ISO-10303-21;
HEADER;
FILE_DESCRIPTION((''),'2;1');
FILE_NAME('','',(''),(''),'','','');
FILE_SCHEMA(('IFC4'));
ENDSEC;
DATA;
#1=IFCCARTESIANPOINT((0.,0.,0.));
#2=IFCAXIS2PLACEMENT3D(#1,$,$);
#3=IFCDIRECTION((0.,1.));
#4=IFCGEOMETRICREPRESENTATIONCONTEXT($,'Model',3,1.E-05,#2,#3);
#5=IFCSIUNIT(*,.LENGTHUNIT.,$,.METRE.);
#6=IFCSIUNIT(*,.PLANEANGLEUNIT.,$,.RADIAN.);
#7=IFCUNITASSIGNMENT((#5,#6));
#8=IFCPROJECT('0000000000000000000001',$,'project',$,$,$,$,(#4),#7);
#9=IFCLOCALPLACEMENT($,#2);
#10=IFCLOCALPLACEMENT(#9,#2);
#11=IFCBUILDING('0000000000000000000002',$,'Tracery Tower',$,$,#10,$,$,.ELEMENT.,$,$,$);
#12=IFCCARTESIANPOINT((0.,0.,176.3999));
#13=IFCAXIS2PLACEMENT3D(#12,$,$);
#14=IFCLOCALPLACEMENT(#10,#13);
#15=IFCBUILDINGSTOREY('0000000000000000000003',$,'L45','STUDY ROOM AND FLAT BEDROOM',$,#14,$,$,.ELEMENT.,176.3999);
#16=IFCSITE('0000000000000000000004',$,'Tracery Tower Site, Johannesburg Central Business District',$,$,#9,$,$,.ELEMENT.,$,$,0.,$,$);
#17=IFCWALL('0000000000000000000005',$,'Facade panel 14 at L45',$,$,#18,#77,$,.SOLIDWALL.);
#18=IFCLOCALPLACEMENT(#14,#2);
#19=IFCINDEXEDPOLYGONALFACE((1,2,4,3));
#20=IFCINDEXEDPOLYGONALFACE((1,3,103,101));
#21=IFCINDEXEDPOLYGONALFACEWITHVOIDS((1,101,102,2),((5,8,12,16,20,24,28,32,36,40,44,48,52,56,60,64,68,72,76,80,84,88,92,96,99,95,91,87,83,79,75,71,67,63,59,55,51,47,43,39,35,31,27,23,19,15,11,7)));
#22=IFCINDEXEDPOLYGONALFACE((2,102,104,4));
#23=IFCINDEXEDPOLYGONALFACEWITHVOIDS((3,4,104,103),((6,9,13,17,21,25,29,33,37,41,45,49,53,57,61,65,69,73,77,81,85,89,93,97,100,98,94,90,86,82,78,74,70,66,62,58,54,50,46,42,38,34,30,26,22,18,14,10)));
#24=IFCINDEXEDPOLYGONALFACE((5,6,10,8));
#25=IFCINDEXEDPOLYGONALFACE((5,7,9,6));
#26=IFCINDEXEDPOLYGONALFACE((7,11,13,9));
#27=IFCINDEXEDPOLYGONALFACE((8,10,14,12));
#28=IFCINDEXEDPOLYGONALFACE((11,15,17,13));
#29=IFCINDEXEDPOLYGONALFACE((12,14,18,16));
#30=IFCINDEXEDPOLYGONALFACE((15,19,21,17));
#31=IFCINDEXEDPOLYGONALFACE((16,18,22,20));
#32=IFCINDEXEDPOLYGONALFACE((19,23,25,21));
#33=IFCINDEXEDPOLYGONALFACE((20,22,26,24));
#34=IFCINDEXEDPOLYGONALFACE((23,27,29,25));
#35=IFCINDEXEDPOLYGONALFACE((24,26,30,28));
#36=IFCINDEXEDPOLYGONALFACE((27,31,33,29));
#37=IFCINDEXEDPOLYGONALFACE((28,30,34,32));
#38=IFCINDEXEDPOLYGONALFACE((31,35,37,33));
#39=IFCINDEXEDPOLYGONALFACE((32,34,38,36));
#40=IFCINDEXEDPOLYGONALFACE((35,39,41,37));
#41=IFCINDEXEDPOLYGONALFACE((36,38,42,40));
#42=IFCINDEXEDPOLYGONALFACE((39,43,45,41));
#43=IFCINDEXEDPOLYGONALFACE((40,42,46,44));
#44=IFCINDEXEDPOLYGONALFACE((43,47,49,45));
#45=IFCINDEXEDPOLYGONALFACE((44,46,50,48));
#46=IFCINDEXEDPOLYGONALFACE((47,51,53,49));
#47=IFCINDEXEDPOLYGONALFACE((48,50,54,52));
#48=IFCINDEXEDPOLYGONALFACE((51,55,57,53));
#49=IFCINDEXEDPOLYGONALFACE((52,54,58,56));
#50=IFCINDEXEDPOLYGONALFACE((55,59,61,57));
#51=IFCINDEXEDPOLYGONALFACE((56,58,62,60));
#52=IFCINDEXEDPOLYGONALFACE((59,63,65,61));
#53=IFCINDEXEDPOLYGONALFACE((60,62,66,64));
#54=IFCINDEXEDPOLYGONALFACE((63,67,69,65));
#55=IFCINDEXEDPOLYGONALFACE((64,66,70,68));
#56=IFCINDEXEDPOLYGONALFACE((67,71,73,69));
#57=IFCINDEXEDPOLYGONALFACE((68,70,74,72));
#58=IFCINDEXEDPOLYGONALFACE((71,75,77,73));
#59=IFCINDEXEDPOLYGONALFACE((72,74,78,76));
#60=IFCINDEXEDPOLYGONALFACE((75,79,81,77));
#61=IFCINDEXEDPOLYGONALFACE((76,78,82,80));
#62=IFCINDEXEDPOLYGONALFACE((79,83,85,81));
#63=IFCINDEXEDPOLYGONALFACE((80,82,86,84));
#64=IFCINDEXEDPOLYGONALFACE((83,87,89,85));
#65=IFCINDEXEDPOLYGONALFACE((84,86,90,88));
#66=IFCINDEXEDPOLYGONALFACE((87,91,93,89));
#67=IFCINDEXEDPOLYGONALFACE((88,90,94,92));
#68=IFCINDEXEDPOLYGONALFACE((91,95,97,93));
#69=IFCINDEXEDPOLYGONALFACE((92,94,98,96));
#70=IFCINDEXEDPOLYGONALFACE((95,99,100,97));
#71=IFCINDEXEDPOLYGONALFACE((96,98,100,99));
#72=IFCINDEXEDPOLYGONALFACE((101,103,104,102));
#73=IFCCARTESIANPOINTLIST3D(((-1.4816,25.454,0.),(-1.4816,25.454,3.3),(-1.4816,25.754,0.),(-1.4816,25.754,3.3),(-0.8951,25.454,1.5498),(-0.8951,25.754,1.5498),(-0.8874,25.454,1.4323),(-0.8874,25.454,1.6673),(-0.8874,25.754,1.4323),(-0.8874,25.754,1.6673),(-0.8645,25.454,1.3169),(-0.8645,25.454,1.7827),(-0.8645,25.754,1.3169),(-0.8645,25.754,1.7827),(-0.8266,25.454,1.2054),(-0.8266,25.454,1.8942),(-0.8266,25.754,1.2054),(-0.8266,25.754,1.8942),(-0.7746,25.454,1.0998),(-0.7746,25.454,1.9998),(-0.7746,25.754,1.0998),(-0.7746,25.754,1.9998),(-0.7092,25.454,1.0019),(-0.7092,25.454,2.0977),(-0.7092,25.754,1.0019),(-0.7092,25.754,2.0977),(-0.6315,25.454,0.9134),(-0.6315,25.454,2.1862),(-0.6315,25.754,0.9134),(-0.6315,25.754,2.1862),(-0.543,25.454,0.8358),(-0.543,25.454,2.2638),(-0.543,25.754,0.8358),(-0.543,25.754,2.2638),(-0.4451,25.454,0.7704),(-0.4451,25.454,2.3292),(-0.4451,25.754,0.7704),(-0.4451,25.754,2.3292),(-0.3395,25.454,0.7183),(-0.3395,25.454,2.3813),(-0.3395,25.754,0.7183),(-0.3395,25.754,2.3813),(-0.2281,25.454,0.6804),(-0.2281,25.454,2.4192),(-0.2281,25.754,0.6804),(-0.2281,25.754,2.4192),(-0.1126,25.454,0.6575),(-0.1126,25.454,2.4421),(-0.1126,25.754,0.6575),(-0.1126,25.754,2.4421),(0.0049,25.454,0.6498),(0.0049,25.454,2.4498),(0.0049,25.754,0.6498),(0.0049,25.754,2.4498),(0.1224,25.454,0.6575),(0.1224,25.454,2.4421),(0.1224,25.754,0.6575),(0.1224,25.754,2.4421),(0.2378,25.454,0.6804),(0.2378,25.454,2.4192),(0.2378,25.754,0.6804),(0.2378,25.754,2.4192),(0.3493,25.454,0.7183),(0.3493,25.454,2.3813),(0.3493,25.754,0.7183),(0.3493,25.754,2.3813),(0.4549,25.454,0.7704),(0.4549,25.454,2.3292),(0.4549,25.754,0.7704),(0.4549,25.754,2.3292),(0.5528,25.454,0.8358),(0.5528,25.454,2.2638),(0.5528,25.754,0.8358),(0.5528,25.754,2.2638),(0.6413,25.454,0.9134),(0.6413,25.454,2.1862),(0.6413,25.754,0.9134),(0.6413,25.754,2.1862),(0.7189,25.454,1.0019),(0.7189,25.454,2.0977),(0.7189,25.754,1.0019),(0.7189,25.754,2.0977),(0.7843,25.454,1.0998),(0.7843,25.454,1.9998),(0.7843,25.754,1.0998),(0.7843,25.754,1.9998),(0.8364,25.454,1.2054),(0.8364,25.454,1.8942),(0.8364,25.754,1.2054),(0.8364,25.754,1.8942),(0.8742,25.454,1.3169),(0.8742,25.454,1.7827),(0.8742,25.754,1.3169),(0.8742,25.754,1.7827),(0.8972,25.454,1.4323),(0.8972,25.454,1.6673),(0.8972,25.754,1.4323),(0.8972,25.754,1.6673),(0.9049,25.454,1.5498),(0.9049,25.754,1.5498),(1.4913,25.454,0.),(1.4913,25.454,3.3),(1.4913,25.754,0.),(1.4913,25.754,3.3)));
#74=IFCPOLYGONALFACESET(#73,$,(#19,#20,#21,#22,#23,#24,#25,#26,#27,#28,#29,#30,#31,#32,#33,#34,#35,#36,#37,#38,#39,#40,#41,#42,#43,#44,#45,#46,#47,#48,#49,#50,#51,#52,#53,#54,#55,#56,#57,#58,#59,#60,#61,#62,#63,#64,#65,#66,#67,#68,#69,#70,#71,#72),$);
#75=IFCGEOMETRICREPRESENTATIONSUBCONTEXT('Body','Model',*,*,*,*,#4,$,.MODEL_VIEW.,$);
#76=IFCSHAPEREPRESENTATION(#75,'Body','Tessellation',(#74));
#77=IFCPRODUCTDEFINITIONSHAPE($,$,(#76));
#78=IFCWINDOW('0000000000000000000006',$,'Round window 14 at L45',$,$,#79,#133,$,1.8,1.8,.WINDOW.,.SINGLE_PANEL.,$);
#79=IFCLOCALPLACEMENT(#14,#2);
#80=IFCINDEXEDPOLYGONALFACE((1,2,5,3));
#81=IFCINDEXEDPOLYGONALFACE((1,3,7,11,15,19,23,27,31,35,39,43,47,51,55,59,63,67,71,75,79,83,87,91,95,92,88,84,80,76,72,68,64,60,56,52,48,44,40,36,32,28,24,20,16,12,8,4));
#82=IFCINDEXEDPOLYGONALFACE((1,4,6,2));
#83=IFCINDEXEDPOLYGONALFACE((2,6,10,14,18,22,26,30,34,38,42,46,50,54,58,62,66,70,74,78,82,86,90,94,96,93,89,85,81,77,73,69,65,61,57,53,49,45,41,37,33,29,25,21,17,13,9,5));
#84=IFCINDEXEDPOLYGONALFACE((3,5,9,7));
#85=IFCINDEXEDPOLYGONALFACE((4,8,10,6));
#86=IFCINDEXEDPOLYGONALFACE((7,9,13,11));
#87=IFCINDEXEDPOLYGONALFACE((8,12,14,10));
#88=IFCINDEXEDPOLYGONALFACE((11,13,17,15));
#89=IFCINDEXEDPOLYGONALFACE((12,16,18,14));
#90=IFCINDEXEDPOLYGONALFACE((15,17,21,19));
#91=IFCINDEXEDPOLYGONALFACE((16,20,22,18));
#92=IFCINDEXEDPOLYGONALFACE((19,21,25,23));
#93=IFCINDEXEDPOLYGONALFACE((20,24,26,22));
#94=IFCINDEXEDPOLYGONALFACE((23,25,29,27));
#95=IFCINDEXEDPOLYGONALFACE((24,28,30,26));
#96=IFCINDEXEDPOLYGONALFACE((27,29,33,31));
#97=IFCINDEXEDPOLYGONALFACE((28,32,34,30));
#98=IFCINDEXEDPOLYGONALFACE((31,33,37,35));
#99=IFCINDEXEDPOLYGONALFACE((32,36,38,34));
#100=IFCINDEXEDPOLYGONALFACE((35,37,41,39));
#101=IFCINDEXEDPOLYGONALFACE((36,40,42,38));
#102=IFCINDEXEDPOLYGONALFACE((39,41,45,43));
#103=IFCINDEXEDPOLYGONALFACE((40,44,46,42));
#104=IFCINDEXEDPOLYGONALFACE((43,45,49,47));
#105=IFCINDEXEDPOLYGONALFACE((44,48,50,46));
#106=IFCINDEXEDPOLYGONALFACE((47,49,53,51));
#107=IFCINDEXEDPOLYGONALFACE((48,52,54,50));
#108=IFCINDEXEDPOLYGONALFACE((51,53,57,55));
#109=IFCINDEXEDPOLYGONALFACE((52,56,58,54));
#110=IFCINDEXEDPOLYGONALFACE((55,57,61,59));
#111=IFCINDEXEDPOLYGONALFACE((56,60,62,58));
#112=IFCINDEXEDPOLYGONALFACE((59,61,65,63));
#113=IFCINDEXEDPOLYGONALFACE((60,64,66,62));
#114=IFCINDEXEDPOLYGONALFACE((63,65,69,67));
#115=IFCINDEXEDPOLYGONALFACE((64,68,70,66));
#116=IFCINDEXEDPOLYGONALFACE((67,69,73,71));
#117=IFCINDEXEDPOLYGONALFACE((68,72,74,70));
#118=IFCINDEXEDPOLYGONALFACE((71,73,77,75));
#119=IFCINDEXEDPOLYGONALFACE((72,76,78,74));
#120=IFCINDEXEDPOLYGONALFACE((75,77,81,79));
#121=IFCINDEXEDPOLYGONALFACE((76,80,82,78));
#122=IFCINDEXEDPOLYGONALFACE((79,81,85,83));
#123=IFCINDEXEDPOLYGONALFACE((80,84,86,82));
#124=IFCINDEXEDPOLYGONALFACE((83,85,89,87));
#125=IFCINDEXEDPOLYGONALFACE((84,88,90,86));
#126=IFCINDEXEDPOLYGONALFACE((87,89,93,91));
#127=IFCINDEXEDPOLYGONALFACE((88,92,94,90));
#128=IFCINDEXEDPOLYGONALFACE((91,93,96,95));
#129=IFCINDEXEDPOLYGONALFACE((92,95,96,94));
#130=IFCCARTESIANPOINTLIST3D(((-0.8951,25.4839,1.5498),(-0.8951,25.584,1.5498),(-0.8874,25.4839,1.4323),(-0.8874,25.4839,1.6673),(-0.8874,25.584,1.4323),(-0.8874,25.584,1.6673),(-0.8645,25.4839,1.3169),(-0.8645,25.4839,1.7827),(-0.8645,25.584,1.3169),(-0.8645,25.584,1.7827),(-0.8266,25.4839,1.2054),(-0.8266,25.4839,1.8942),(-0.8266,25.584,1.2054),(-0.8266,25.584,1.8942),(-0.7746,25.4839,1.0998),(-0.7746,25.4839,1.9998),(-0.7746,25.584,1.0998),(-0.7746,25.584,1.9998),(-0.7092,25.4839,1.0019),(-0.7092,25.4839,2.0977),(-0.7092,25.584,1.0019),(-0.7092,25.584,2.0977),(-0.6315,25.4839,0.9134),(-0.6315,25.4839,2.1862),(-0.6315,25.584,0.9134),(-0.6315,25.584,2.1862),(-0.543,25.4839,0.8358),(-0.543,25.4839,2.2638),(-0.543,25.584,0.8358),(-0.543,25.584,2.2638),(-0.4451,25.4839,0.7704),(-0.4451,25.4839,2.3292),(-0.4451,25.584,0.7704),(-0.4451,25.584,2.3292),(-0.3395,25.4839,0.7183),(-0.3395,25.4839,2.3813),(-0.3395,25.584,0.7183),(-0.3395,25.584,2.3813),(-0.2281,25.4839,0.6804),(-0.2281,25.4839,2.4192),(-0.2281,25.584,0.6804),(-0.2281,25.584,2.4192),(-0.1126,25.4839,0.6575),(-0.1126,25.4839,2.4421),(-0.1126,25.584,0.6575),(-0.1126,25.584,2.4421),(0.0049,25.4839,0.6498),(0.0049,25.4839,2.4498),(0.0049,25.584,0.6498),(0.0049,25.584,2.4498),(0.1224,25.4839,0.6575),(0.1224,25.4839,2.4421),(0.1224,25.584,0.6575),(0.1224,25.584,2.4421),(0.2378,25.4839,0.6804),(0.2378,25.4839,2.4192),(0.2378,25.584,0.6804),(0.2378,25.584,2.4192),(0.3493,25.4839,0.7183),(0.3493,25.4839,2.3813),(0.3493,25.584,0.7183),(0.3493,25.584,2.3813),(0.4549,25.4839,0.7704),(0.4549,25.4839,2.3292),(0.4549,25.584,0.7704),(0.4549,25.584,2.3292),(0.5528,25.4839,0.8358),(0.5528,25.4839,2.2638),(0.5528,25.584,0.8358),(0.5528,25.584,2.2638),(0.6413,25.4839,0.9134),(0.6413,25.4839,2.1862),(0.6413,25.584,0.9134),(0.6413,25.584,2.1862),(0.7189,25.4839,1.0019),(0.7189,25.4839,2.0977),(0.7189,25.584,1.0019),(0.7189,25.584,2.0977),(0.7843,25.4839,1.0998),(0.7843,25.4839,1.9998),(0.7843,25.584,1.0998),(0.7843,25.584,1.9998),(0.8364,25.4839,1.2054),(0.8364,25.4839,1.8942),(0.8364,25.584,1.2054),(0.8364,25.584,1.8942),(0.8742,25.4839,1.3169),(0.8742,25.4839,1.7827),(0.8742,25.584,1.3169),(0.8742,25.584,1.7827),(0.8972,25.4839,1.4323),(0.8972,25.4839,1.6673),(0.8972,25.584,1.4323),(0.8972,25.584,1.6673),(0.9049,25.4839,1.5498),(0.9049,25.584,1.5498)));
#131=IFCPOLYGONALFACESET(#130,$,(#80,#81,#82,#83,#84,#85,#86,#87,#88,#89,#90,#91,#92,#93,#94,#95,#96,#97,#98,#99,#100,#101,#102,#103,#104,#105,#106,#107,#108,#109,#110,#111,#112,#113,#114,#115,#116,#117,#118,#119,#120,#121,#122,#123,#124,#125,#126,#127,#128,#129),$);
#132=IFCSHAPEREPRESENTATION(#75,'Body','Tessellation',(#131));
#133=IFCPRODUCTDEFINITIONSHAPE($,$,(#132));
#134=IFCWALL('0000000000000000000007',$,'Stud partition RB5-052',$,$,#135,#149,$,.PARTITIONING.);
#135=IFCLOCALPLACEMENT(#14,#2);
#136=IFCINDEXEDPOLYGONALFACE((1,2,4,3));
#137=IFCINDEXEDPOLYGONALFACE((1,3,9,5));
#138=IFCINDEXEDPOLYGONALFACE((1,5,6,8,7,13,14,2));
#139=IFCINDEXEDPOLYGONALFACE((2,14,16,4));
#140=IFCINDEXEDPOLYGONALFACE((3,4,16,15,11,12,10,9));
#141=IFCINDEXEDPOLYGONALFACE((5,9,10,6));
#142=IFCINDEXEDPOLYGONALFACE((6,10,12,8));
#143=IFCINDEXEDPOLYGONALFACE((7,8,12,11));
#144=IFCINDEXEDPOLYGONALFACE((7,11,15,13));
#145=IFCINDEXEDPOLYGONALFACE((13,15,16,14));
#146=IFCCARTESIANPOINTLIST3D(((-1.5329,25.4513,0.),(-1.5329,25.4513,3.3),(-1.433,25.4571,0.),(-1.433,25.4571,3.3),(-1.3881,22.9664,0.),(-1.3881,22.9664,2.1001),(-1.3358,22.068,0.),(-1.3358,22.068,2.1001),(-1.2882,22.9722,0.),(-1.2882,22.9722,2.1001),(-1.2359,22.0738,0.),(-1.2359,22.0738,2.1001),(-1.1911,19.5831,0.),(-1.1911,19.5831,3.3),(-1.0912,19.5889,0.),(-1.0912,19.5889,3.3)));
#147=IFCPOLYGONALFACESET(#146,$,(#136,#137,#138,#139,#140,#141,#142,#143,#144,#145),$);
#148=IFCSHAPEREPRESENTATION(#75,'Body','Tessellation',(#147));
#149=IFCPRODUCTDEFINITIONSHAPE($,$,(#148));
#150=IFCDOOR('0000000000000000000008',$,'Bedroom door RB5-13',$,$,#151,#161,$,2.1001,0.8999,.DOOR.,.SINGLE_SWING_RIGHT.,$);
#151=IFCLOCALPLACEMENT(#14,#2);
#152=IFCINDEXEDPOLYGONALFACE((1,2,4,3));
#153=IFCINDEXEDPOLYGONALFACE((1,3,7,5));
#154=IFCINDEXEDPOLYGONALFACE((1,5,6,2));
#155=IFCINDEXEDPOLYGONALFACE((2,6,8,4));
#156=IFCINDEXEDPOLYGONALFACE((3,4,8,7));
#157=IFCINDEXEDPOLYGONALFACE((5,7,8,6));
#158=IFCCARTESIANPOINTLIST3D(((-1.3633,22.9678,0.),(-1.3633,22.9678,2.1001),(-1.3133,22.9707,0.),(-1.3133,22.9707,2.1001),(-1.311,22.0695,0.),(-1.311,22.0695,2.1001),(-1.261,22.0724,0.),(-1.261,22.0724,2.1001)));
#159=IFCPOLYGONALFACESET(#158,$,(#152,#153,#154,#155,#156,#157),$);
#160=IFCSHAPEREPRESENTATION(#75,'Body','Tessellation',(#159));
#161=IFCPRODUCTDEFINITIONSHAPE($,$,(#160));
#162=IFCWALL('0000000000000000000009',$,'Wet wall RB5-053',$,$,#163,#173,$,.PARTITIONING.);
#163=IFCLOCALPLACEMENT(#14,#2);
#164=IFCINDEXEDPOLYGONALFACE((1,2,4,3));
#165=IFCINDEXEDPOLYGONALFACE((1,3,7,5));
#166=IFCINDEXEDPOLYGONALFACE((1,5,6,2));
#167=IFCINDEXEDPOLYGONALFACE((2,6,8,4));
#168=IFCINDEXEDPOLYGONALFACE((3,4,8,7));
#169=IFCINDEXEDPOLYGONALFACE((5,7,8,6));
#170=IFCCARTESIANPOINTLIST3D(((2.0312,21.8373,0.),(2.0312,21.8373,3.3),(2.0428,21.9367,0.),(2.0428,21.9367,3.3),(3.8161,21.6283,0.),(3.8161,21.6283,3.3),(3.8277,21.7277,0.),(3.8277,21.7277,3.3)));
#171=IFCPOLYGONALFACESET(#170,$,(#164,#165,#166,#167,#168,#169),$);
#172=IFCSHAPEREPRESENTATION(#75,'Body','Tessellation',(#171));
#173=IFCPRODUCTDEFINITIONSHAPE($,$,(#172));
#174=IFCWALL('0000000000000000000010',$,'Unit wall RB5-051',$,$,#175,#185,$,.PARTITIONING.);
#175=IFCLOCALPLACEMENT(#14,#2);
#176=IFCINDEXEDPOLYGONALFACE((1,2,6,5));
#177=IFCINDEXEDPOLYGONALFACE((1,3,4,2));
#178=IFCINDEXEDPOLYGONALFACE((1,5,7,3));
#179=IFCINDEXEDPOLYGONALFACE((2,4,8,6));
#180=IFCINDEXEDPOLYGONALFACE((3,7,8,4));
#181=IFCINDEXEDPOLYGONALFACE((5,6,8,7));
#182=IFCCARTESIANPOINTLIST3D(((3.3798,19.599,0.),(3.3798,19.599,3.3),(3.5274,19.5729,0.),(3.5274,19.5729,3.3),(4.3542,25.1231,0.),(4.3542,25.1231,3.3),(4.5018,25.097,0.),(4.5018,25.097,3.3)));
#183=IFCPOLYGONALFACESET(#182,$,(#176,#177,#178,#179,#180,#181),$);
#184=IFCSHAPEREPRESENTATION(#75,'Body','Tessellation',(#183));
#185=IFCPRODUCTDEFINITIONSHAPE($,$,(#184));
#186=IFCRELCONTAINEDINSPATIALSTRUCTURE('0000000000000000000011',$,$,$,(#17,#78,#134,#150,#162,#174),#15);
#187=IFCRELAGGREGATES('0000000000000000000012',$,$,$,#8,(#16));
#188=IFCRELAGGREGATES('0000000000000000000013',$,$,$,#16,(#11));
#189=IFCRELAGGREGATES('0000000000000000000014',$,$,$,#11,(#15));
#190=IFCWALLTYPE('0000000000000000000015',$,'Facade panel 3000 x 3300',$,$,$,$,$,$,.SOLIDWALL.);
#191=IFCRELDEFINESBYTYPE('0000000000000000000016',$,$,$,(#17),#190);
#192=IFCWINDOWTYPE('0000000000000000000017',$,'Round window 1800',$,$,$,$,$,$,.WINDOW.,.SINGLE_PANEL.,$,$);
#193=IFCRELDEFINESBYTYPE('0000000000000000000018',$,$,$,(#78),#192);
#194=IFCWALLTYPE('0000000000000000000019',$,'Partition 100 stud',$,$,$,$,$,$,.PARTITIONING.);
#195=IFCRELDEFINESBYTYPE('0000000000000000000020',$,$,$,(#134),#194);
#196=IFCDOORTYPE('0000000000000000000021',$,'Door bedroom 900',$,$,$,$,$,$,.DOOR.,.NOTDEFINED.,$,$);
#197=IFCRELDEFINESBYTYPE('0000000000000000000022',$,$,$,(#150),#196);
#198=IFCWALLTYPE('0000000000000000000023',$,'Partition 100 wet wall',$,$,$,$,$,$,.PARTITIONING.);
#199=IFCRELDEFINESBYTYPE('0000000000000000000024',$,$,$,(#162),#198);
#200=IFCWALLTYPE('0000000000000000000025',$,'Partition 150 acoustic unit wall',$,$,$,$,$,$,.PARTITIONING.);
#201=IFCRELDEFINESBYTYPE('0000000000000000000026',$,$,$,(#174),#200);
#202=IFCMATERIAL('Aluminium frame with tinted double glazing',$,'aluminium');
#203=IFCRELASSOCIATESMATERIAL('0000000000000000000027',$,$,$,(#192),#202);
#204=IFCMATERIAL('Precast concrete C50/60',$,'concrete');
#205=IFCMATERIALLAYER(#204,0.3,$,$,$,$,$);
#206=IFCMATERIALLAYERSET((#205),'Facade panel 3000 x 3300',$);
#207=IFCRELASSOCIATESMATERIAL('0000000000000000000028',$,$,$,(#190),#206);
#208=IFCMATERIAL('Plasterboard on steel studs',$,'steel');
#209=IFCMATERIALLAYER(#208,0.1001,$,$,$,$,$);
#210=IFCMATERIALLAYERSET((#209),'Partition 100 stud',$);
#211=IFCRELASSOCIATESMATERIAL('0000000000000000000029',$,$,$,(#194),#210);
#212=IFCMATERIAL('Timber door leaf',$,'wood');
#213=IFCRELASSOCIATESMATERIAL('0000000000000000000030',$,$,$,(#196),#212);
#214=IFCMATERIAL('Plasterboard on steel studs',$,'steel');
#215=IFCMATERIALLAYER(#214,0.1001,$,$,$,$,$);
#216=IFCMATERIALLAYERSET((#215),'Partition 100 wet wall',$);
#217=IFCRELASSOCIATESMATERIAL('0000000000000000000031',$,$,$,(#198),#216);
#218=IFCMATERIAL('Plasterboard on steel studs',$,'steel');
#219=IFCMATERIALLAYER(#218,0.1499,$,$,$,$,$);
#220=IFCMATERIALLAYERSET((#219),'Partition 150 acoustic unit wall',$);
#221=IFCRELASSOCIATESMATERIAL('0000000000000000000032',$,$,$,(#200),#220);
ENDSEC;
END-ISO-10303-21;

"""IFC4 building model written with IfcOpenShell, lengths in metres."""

from ifc_helpers import new_model, si_unit, direction, frame, frame_2d, origin, origin_2d, place, context, subcontext, project, spatial, rectangle, circle, extrude, material, layer, layer_set, type_object, element, fill, save


model = new_model("IFC4")

# Units and contexts
model_context = context("Model", 3, precision=1e-05, world=origin(), true_north=direction((0.0, 1.0)))
body_context = subcontext(model_context, "Body", "Model", "MODEL_VIEW")
ifc_project = project(units=[si_unit("LENGTHUNIT", "METRE"), si_unit("PLANEANGLEUNIT", "RADIAN")], contexts=[model_context])

# Site, building, storey
site_placement = place(None, origin())
site = spatial("IfcSite", under=ifc_project, at=site_placement, Name="Tracery Tower Site, Johannesburg Central Business District", CompositionType="ELEMENT", RefElevation=0.0)
building_placement = place(site_placement, origin())
building = spatial("IfcBuilding", under=site, at=building_placement, Name="Tracery Tower", CompositionType="ELEMENT")
storey_placement = place(building_placement, frame((0.0, 0.0, 176.3999)))
storey = spatial("IfcBuildingStorey", under=building, at=storey_placement, Name="L45", Description="STUDY ROOM AND FLAT BEDROOM", CompositionType="ELEMENT", Elevation=176.3999)

# Wall, opening, window
ifc_material_1 = material(Name="Aluminium frame with tinted double glazing", Category="aluminium")
window_type = type_object("IfcWindowType", Name="Round window 1800", PartitioningType="SINGLE_PANEL", PredefinedType="WINDOW", material=ifc_material_1)
ifc_material_2 = material(Name="Precast concrete C50/60", Category="concrete")
ifc_layer_1 = layer(ifc_material_2, 0.3)
ifc_layer_set_1 = layer_set([ifc_layer_1], Name="Facade panel 3000 x 3300")
wall_type_1 = type_object("IfcWallType", Name="Facade panel 3000 x 3300", PredefinedType="SOLIDWALL", material=ifc_layer_set_1)
wall_1_placement = place(storey_placement, frame((1.4912, 25.604, 0.0), z_axis=(0.0, 0.0, 1.0), x_axis=(-1.0, 0.0, 0.0)))
wall_1 = element("IfcWall", 1, at=wall_1_placement, inside=storey, type_object=wall_type_1, Name="Facade panel 14 at L45", PredefinedType="SOLIDWALL", context=body_context, shape_type="SweptSolid", body=[
    extrude(rectangle(XDim=2.9729, YDim=0.3, at=frame_2d((1.4863, 0.0))), origin(), (0.0, 0.0, 1.0), 3.3),
])
opening_1_placement = place(wall_1_placement, frame((1.4863, 0.0, 1.5498)))
opening_1 = element("IfcOpeningElement", 2, at=opening_1_placement, cuts=wall_1, PredefinedType="OPENING", context=body_context, shape_type="SweptSolid", body=[
    extrude(circle(Radius=0.9, at=origin_2d()), frame((0.0, 0.1599, 0.0), z_axis=(0.0, -1.0, 0.0), x_axis=(1.0, 0.0, 0.0)), (0.0, 0.0, 1.0), 0.3201),
])
window_1_placement = place(opening_1_placement, origin())
window_1 = element("IfcWindow", 3, at=window_1_placement, inside=storey, type_object=window_type, Name="Round window 14 at L45", OverallHeight=1.8, OverallWidth=1.8, PartitioningType="SINGLE_PANEL", PredefinedType="WINDOW", context=body_context, shape_type="SweptSolid", body=[
    extrude(circle(Radius=0.9, at=origin_2d()), frame((0.0, 0.1201, 0.0), z_axis=(0.0, -1.0, 0.0), x_axis=(1.0, 0.0, 0.0)), (0.0, 0.0, 1.0), 0.1001),
])
fill(opening_1, window_1)

# Wall, opening, door
ifc_material_3 = material(Name="Plasterboard on steel studs", Category="steel")
ifc_layer_2 = layer(ifc_material_3, 0.1001)
ifc_layer_set_2 = layer_set([ifc_layer_2], Name="Partition 100 stud")
wall_type_2 = type_object("IfcWallType", Name="Partition 100 stud", PredefinedType="PARTITIONING", material=ifc_layer_set_2)
wall_2_placement = place(storey_placement, frame((-1.4829, 25.4541, 0.0), z_axis=(0.0, 0.0, 1.0), x_axis=(0.058147, -0.998308, 0.0)))
wall_2 = element("IfcWall", 4, at=wall_2_placement, inside=storey, type_object=wall_type_2, Name="Stud partition RB5-052", PredefinedType="PARTITIONING", context=body_context, shape_type="SweptSolid", body=[
    extrude(rectangle(XDim=5.8782, YDim=0.1001, at=frame_2d((2.939, 0.0))), origin(), (0.0, 0.0, 1.0), 3.3),
])
opening_2_placement = place(wall_2_placement, frame((2.489, 0.0, 0.0)))
opening_2 = element("IfcOpeningElement", 5, at=opening_2_placement, cuts=wall_2, PredefinedType="OPENING", context=body_context, shape_type="SweptSolid", body=[
    extrude(rectangle(XDim=0.8999, YDim=2.1001, at=frame_2d((0.45, 1.05))), frame((0.0, 0.05, 0.0), z_axis=(0.0, -1.0, 0.0), x_axis=(1.0, 0.0, 0.0)), (0.0, 0.0, 1.0), 0.1001),
])
ifc_material_4 = material(Name="Timber door leaf", Category="wood")
door_type = type_object("IfcDoorType", Name="Door bedroom 900", OperationType="NOTDEFINED", PredefinedType="DOOR", material=ifc_material_4)
door_placement = place(opening_2_placement, origin())
door = element("IfcDoor", 6, at=door_placement, inside=storey, type_object=door_type, Name="Bedroom door RB5-13", OperationType="SINGLE_SWING_RIGHT", OverallHeight=2.1001, OverallWidth=0.8999, PredefinedType="DOOR", context=body_context, shape_type="SweptSolid", body=[
    extrude(rectangle(XDim=0.8999, YDim=2.1001, at=frame_2d((0.45, 1.05))), frame((0.0, 0.0249, 0.0), z_axis=(0.0, -1.0, 0.0), x_axis=(1.0, 0.0, 0.0)), (0.0, 0.0, 1.0), 0.05),
])
fill(opening_2, door)

# Walls
ifc_material_5 = material(Name="Plasterboard on steel studs", Category="steel")
ifc_layer_3 = layer(ifc_material_5, 0.1001)
ifc_layer_set_3 = layer_set([ifc_layer_3], Name="Partition 100 wet wall")
wall_type_3 = type_object("IfcWallType", Name="Partition 100 wet wall", PredefinedType="PARTITIONING", material=ifc_layer_set_3)
wall_3_placement = place(storey_placement, frame((2.0371, 21.887, 0.0), z_axis=(0.0, 0.0, 1.0), x_axis=(0.993215, -0.116289, 0.0)))
element("IfcWall", 7, at=wall_3_placement, inside=storey, type_object=wall_type_3, Name="Wet wall RB5-053", PredefinedType="PARTITIONING", context=body_context, shape_type="SweptSolid", body=[
    extrude(rectangle(XDim=1.7971, YDim=0.1001, at=frame_2d((0.8984, 0.0))), origin(), (0.0, 0.0, 1.0), 3.3),
])
ifc_material_6 = material(Name="Plasterboard on steel studs", Category="steel")
ifc_layer_4 = layer(ifc_material_6, 0.1499)
ifc_layer_set_4 = layer_set([ifc_layer_4], Name="Partition 150 acoustic unit wall")
wall_type_4 = type_object("IfcWallType", Name="Partition 150 acoustic unit wall", PredefinedType="PARTITIONING", material=ifc_layer_set_4)
wall_4_placement = place(storey_placement, frame((3.4536, 19.5859, 0.0), z_axis=(0.0, 0.0, 1.0), x_axis=(0.173701, 0.984798, 0.0)))
element("IfcWall", 8, at=wall_4_placement, inside=storey, type_object=wall_type_4, Name="Unit wall RB5-051", PredefinedType="PARTITIONING", context=body_context, shape_type="SweptSolid", body=[
    extrude(rectangle(XDim=5.6094, YDim=0.1499, at=frame_2d((2.8047, 0.0))), origin(), (0.0, 0.0, 1.0), 3.3),
])

save(model, "model.ifc")
